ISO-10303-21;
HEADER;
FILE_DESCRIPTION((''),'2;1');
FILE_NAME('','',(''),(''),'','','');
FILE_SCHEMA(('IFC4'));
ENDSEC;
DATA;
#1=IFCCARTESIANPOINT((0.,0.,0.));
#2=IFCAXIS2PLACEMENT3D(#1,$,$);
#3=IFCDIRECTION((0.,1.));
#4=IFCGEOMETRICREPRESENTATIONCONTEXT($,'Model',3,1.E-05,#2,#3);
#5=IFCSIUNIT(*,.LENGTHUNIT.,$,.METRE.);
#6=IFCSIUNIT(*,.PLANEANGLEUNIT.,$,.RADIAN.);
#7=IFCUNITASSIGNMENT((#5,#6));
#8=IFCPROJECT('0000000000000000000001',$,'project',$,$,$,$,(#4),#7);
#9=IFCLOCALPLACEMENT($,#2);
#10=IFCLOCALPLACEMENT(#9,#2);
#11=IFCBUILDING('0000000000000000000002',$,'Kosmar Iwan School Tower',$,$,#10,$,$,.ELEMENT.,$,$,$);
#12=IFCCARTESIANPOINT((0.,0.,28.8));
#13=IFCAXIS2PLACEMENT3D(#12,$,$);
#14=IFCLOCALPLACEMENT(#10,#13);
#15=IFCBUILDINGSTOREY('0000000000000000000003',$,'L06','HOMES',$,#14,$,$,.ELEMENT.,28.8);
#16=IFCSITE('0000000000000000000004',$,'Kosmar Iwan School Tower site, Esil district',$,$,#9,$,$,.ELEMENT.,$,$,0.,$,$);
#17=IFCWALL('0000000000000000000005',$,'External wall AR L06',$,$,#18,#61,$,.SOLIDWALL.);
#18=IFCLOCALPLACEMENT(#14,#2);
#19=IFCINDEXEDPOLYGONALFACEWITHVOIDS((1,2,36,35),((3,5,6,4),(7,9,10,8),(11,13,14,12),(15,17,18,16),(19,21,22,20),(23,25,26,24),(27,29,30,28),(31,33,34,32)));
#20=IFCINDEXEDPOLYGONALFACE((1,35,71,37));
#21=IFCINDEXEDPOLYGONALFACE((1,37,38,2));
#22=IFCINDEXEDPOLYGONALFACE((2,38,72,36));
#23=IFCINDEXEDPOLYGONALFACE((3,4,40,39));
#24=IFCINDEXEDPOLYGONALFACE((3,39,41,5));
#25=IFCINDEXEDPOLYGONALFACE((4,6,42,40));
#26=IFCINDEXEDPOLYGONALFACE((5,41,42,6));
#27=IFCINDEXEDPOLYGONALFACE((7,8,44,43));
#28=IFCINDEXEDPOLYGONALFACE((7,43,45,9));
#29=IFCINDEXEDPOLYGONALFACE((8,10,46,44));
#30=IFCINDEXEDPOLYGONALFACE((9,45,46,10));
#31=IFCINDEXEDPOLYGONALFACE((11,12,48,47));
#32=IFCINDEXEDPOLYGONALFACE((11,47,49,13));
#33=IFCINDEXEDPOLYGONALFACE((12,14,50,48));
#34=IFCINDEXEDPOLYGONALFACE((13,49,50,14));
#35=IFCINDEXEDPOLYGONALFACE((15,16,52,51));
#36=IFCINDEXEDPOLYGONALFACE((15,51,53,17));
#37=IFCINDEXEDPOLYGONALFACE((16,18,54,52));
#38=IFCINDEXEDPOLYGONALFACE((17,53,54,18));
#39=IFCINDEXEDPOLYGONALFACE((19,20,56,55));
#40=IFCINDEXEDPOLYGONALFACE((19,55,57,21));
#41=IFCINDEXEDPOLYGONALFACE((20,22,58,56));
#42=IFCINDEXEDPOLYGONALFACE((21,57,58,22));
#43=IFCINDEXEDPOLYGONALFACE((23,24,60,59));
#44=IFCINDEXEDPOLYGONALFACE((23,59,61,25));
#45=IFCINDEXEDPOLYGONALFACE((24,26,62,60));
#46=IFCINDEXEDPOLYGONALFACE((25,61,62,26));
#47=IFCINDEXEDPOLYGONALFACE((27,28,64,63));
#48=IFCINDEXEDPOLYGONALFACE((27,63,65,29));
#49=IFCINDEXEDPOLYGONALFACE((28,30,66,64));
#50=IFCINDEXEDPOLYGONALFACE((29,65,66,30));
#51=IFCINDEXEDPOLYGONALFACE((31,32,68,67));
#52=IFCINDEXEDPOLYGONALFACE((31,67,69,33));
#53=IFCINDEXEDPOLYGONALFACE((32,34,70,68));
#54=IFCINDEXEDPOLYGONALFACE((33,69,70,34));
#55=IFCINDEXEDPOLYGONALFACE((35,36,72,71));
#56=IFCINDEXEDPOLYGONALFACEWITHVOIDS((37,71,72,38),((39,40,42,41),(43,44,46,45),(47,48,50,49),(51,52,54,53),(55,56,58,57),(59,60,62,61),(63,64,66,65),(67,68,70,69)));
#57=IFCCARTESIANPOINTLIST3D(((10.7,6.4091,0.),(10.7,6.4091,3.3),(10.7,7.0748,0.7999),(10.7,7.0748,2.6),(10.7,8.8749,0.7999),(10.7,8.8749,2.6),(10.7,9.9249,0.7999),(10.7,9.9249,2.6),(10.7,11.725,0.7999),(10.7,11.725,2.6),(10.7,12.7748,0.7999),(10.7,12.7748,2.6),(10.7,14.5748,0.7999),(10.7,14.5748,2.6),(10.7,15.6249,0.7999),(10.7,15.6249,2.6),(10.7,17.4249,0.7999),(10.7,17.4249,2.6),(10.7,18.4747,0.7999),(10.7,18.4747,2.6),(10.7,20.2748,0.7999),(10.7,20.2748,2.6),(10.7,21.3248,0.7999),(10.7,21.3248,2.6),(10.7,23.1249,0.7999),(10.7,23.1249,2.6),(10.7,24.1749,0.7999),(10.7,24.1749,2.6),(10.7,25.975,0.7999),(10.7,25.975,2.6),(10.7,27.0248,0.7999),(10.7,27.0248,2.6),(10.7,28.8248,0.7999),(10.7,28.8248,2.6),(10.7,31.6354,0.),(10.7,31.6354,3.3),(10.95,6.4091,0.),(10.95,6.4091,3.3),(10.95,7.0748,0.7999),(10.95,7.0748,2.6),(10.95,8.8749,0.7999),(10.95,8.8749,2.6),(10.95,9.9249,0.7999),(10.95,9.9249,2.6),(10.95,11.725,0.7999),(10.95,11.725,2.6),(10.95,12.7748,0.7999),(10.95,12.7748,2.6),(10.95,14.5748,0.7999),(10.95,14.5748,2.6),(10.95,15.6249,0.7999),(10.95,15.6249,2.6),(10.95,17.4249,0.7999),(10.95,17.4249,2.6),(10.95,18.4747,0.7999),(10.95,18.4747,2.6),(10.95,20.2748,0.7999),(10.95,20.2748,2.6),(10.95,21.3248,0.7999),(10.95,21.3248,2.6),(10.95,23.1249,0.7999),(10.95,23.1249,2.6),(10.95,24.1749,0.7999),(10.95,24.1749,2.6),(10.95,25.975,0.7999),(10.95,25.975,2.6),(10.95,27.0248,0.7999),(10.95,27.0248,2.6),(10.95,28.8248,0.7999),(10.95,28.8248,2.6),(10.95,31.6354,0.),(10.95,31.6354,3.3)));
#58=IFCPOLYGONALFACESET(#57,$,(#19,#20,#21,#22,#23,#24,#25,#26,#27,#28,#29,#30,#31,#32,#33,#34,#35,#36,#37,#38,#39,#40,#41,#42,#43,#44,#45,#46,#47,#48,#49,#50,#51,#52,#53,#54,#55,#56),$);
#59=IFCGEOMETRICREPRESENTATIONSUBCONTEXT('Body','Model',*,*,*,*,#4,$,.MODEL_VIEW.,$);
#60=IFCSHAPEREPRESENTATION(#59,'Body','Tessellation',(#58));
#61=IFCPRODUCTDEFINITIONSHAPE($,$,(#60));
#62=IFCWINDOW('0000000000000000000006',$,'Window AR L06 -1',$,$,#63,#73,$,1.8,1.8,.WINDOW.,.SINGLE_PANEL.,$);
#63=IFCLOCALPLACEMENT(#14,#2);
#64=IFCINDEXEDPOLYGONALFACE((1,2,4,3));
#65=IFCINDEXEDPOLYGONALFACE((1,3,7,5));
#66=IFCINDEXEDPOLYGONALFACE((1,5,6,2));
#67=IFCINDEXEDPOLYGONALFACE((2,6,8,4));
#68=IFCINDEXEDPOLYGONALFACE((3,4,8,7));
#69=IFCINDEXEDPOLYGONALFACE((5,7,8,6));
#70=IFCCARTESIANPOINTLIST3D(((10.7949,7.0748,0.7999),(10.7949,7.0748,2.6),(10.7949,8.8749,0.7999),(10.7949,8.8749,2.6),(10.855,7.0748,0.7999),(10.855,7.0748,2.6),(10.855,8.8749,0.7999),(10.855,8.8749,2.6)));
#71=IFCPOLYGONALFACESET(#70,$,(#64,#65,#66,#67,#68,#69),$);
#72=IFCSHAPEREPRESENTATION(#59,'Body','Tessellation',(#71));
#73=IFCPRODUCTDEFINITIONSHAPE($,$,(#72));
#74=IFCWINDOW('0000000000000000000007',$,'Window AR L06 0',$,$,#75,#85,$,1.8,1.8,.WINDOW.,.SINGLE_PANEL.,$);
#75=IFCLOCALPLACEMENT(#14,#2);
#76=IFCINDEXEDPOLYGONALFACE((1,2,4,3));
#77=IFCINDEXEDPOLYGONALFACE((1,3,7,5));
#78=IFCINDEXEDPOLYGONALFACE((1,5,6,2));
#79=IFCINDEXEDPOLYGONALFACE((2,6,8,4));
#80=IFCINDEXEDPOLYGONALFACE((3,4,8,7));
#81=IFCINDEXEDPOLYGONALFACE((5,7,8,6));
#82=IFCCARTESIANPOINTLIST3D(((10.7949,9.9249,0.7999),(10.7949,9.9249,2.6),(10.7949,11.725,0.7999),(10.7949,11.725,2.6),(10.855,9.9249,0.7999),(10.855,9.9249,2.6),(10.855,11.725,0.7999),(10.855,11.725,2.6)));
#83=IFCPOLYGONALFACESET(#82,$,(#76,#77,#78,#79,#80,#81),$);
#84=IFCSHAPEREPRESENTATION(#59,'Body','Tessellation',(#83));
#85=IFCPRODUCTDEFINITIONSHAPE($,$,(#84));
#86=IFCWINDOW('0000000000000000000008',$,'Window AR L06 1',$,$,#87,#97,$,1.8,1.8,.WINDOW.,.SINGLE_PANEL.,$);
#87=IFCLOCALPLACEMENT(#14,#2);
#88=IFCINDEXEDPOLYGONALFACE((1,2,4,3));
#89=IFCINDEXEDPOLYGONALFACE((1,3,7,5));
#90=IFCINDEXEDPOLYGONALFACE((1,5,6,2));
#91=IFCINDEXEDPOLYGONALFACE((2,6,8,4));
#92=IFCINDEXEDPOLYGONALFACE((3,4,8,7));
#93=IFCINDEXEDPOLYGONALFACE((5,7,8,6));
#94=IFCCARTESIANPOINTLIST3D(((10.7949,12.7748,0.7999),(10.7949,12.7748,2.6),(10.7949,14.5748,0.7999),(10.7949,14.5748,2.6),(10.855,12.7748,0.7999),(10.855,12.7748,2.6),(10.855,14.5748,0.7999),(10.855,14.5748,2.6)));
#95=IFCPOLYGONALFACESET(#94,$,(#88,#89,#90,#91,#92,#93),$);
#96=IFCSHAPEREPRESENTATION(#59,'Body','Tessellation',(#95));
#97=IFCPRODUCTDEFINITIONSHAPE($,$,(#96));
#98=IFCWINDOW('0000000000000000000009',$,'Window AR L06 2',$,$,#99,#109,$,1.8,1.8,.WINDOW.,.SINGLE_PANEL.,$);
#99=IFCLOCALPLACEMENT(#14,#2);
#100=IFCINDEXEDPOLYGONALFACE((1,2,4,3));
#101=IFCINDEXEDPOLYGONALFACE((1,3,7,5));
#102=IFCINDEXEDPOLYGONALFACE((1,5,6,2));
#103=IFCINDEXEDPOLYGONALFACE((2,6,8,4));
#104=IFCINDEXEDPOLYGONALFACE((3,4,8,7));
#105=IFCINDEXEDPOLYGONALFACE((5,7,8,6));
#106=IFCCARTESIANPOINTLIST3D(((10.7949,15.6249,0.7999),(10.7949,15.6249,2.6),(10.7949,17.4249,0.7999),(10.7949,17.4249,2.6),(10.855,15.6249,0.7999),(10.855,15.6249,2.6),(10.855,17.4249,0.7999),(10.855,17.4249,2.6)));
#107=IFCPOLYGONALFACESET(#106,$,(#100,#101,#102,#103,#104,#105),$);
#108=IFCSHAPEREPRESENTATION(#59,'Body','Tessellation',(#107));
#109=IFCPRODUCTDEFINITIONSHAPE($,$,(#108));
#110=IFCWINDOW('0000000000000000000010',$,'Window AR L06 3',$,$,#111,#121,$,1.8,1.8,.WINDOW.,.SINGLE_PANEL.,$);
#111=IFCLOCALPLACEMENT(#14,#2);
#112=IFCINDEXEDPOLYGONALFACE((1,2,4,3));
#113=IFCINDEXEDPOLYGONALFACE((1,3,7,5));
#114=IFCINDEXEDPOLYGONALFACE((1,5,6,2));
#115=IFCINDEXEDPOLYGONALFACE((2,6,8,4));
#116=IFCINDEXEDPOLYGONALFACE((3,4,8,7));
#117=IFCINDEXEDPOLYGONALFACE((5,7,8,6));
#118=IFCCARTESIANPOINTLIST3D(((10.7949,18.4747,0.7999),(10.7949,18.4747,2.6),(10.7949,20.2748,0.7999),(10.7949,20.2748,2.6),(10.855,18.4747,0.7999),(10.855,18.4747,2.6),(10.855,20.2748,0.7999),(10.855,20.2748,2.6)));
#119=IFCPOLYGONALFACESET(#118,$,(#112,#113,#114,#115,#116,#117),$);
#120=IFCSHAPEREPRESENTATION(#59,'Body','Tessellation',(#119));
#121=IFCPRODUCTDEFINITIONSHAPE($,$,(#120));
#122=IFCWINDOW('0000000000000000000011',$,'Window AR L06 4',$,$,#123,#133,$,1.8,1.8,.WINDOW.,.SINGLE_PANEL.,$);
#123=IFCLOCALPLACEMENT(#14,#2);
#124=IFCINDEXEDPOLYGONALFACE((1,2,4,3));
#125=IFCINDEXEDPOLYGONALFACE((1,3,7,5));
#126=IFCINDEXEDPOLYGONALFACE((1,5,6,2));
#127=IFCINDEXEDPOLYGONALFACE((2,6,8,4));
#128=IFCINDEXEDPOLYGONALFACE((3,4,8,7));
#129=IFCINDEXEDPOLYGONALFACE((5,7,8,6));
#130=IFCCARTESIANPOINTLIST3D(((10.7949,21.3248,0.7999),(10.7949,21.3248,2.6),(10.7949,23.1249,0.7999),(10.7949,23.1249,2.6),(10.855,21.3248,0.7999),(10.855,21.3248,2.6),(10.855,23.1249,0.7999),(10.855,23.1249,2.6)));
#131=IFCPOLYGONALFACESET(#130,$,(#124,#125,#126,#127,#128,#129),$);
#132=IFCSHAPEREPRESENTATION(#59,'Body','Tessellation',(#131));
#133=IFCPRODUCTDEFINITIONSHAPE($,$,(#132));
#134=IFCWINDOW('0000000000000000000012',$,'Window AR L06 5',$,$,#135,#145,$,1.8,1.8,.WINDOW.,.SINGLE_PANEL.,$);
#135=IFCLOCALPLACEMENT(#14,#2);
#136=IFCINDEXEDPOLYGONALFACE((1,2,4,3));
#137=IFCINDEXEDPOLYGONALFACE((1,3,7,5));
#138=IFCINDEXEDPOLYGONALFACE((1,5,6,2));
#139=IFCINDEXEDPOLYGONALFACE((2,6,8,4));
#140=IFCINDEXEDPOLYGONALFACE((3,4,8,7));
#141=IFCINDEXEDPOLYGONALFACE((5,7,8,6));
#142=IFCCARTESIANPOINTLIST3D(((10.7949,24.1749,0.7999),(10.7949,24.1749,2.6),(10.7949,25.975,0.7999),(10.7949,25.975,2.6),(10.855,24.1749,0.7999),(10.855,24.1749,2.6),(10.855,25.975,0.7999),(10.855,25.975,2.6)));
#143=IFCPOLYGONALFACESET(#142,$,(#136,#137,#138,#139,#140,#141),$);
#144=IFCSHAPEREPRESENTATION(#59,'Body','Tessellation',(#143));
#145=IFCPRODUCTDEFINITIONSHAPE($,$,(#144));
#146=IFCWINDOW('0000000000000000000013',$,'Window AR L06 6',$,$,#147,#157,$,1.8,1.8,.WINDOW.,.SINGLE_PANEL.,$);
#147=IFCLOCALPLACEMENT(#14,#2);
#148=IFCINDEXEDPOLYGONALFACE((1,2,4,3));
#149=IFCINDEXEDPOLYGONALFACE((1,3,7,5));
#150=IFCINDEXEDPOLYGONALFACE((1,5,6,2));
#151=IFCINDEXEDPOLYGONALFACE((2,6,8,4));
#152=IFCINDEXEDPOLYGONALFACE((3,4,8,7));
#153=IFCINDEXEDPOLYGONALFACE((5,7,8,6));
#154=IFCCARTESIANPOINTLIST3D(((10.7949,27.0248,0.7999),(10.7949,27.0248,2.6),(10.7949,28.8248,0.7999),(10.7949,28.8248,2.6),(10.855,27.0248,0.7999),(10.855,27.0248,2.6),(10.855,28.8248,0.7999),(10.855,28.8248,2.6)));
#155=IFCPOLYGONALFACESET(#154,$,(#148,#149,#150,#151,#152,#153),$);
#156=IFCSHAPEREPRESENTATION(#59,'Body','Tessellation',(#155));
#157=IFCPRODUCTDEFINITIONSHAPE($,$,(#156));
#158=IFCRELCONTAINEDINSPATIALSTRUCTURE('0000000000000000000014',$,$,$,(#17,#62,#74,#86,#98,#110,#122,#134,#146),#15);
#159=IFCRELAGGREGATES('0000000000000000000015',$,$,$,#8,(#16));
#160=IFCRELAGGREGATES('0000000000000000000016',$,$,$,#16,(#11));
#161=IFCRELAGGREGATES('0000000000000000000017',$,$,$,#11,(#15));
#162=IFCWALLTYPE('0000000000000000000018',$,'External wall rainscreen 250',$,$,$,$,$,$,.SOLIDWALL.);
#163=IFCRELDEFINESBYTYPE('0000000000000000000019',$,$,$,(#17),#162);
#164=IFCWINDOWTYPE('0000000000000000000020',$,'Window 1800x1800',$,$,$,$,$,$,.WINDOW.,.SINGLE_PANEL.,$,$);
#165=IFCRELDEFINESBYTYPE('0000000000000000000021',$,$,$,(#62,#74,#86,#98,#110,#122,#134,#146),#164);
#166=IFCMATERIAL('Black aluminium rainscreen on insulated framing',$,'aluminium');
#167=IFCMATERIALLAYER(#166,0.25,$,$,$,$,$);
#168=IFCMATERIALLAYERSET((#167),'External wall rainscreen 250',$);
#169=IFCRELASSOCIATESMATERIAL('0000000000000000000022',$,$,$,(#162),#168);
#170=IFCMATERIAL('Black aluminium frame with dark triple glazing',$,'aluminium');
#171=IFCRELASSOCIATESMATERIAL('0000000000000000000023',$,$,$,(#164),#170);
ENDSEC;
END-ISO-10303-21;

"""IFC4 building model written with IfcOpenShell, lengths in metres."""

from ifc_helpers import new_model, si_unit, direction, frame, frame_2d, origin, place, context, subcontext, project, spatial, rectangle, extrude, material, layer, layer_set, type_object, element, fill, save


model = new_model("IFC4")

# Units and contexts
model_context = context("Model", 3, precision=1e-05, world=origin(), true_north=direction((0.0, 1.0)))
body_context = subcontext(model_context, "Body", "Model", "MODEL_VIEW")
ifc_project = project(units=[si_unit("LENGTHUNIT", "METRE"), si_unit("PLANEANGLEUNIT", "RADIAN")], contexts=[model_context])

# Site, building, storey
site_placement = place(None, origin())
site = spatial("IfcSite", under=ifc_project, at=site_placement, Name="Kosmar Iwan School Tower site, Esil district", CompositionType="ELEMENT", RefElevation=0.0)
building_placement = place(site_placement, origin())
building = spatial("IfcBuilding", under=site, at=building_placement, Name="Kosmar Iwan School Tower", CompositionType="ELEMENT")
storey_placement = place(building_placement, frame((0.0, 0.0, 28.8)))
storey = spatial("IfcBuildingStorey", under=building, at=storey_placement, Name="L06", Description="HOMES", CompositionType="ELEMENT", Elevation=28.8)

# Wall, openings, windows
ifc_material_1 = material(Name="Black aluminium rainscreen on insulated framing", Category="aluminium")
ifc_layer = layer(ifc_material_1, 0.25)
ifc_layer_set = layer_set([ifc_layer], Name="External wall rainscreen 250")
wall_type = type_object("IfcWallType", Name="External wall rainscreen 250", PredefinedType="SOLIDWALL", material=ifc_layer_set)
ifc_material_2 = material(Name="Black aluminium frame with dark triple glazing", Category="aluminium")
window_type = type_object("IfcWindowType", Name="Window 1800x1800", PartitioningType="SINGLE_PANEL", PredefinedType="WINDOW", material=ifc_material_2)
wall_1_placement = place(storey_placement, frame((10.825, 6.4089, 0.0), z_axis=(0.0, 0.0, 1.0), x_axis=(0.0, 1.0, 0.0)))
wall_1 = element("IfcWall", 1, at=wall_1_placement, inside=storey, type_object=wall_type, Name="External wall AR L06", PredefinedType="SOLIDWALL", context=body_context, shape_type="SweptSolid", body=[
    extrude(rectangle(XDim=25.2263, YDim=0.25, at=frame_2d((12.6133, 0.0))), origin(), (0.0, 0.0, 1.0), 3.3),
])
opening_1_placement = place(wall_1_placement, frame((0.666, 0.0, 0.8)))
opening_1 = element("IfcOpeningElement", 2, at=opening_1_placement, cuts=wall_1, PredefinedType="OPENING", context=body_context, shape_type="SweptSolid", body=[
    extrude(rectangle(XDim=1.8, YDim=1.8, at=frame_2d((0.8999, 0.8999))), frame((0.0, 0.137, 0.0), z_axis=(0.0, -1.0, 0.0), x_axis=(1.0, 0.0, 0.0)), (0.0, 0.0, 1.0), 0.2739),
])
opening_2_placement = place(wall_1_placement, frame((3.5161, 0.0, 0.8)))
opening_2 = element("IfcOpeningElement", 3, at=opening_2_placement, cuts=wall_1, PredefinedType="OPENING", context=body_context, shape_type="SweptSolid", body=[
    extrude(rectangle(XDim=1.8, YDim=1.8, at=frame_2d((0.8999, 0.8999))), frame((0.0, 0.137, 0.0), z_axis=(0.0, -1.0, 0.0), x_axis=(1.0, 0.0, 0.0)), (0.0, 0.0, 1.0), 0.2739),
])
opening_3_placement = place(wall_1_placement, frame((6.366, 0.0, 0.8)))
opening_3 = element("IfcOpeningElement", 4, at=opening_3_placement, cuts=wall_1, PredefinedType="OPENING", context=body_context, shape_type="SweptSolid", body=[
    extrude(rectangle(XDim=1.8, YDim=1.8, at=frame_2d((0.8999, 0.8999))), frame((0.0, 0.137, 0.0), z_axis=(0.0, -1.0, 0.0), x_axis=(1.0, 0.0, 0.0)), (0.0, 0.0, 1.0), 0.2739),
])
opening_4_placement = place(wall_1_placement, frame((9.2161, 0.0, 0.8)))
opening_4 = element("IfcOpeningElement", 5, at=opening_4_placement, cuts=wall_1, PredefinedType="OPENING", context=body_context, shape_type="SweptSolid", body=[
    extrude(rectangle(XDim=1.8, YDim=1.8, at=frame_2d((0.8999, 0.8999))), frame((0.0, 0.137, 0.0), z_axis=(0.0, -1.0, 0.0), x_axis=(1.0, 0.0, 0.0)), (0.0, 0.0, 1.0), 0.2739),
])
opening_5_placement = place(wall_1_placement, frame((12.0659, 0.0, 0.8)))
opening_5 = element("IfcOpeningElement", 6, at=opening_5_placement, cuts=wall_1, PredefinedType="OPENING", context=body_context, shape_type="SweptSolid", body=[
    extrude(rectangle(XDim=1.8, YDim=1.8, at=frame_2d((0.8999, 0.8999))), frame((0.0, 0.137, 0.0), z_axis=(0.0, -1.0, 0.0), x_axis=(1.0, 0.0, 0.0)), (0.0, 0.0, 1.0), 0.2739),
])
opening_6_placement = place(wall_1_placement, frame((14.916, 0.0, 0.8)))
opening_6 = element("IfcOpeningElement", 7, at=opening_6_placement, cuts=wall_1, PredefinedType="OPENING", context=body_context, shape_type="SweptSolid", body=[
    extrude(rectangle(XDim=1.8, YDim=1.8, at=frame_2d((0.8999, 0.8999))), frame((0.0, 0.137, 0.0), z_axis=(0.0, -1.0, 0.0), x_axis=(1.0, 0.0, 0.0)), (0.0, 0.0, 1.0), 0.2739),
])
opening_7_placement = place(wall_1_placement, frame((17.7661, 0.0, 0.8)))
opening_7 = element("IfcOpeningElement", 8, at=opening_7_placement, cuts=wall_1, PredefinedType="OPENING", context=body_context, shape_type="SweptSolid", body=[
    extrude(rectangle(XDim=1.8, YDim=1.8, at=frame_2d((0.8999, 0.8999))), frame((0.0, 0.137, 0.0), z_axis=(0.0, -1.0, 0.0), x_axis=(1.0, 0.0, 0.0)), (0.0, 0.0, 1.0), 0.2739),
])
opening_8_placement = place(wall_1_placement, frame((20.616, 0.0, 0.8)))
opening_8 = element("IfcOpeningElement", 9, at=opening_8_placement, cuts=wall_1, PredefinedType="OPENING", context=body_context, shape_type="SweptSolid", body=[
    extrude(rectangle(XDim=1.8, YDim=1.8, at=frame_2d((0.8999, 0.8999))), frame((0.0, 0.137, 0.0), z_axis=(0.0, -1.0, 0.0), x_axis=(1.0, 0.0, 0.0)), (0.0, 0.0, 1.0), 0.2739),
])
window_1_placement = place(opening_1_placement, origin())
window_1 = element("IfcWindow", 10, at=window_1_placement, inside=storey, type_object=window_type, Name="Window AR L06 -1", OverallHeight=1.8, OverallWidth=1.8, PartitioningType="SINGLE_PANEL", PredefinedType="WINDOW", context=body_context, shape_type="SweptSolid", body=[
    extrude(rectangle(XDim=1.8, YDim=1.8, at=frame_2d((0.8999, 0.8999))), frame((0.0, 0.03, 0.0), z_axis=(0.0, -1.0, 0.0), x_axis=(1.0, 0.0, 0.0)), (0.0, 0.0, 1.0), 0.0601),
])
fill(opening_1, window_1)
window_2_placement = place(opening_2_placement, origin())
window_2 = element("IfcWindow", 11, at=window_2_placement, inside=storey, type_object=window_type, Name="Window AR L06 0", OverallHeight=1.8, OverallWidth=1.8, PartitioningType="SINGLE_PANEL", PredefinedType="WINDOW", context=body_context, shape_type="SweptSolid", body=[
    extrude(rectangle(XDim=1.8, YDim=1.8, at=frame_2d((0.8999, 0.8999))), frame((0.0, 0.03, 0.0), z_axis=(0.0, -1.0, 0.0), x_axis=(1.0, 0.0, 0.0)), (0.0, 0.0, 1.0), 0.0601),
])
fill(opening_2, window_2)
window_3_placement = place(opening_3_placement, origin())
window_3 = element("IfcWindow", 12, at=window_3_placement, inside=storey, type_object=window_type, Name="Window AR L06 1", OverallHeight=1.8, OverallWidth=1.8, PartitioningType="SINGLE_PANEL", PredefinedType="WINDOW", context=body_context, shape_type="SweptSolid", body=[
    extrude(rectangle(XDim=1.8, YDim=1.8, at=frame_2d((0.8999, 0.8999))), frame((0.0, 0.03, 0.0), z_axis=(0.0, -1.0, 0.0), x_axis=(1.0, 0.0, 0.0)), (0.0, 0.0, 1.0), 0.0601),
])
fill(opening_3, window_3)
window_4_placement = place(opening_4_placement, origin())
window_4 = element("IfcWindow", 13, at=window_4_placement, inside=storey, type_object=window_type, Name="Window AR L06 2", OverallHeight=1.8, OverallWidth=1.8, PartitioningType="SINGLE_PANEL", PredefinedType="WINDOW", context=body_context, shape_type="SweptSolid", body=[
    extrude(rectangle(XDim=1.8, YDim=1.8, at=frame_2d((0.8999, 0.8999))), frame((0.0, 0.03, 0.0), z_axis=(0.0, -1.0, 0.0), x_axis=(1.0, 0.0, 0.0)), (0.0, 0.0, 1.0), 0.0601),
])
fill(opening_4, window_4)
window_5_placement = place(opening_5_placement, origin())
window_5 = element("IfcWindow", 14, at=window_5_placement, inside=storey, type_object=window_type, Name="Window AR L06 3", OverallHeight=1.8, OverallWidth=1.8, PartitioningType="SINGLE_PANEL", PredefinedType="WINDOW", context=body_context, shape_type="SweptSolid", body=[
    extrude(rectangle(XDim=1.8, YDim=1.8, at=frame_2d((0.8999, 0.8999))), frame((0.0, 0.03, 0.0), z_axis=(0.0, -1.0, 0.0), x_axis=(1.0, 0.0, 0.0)), (0.0, 0.0, 1.0), 0.0601),
])
fill(opening_5, window_5)
window_6_placement = place(opening_6_placement, origin())
window_6 = element("IfcWindow", 15, at=window_6_placement, inside=storey, type_object=window_type, Name="Window AR L06 4", OverallHeight=1.8, OverallWidth=1.8, PartitioningType="SINGLE_PANEL", PredefinedType="WINDOW", context=body_context, shape_type="SweptSolid", body=[
    extrude(rectangle(XDim=1.8, YDim=1.8, at=frame_2d((0.8999, 0.8999))), frame((0.0, 0.03, 0.0), z_axis=(0.0, -1.0, 0.0), x_axis=(1.0, 0.0, 0.0)), (0.0, 0.0, 1.0), 0.0601),
])
fill(opening_6, window_6)
window_7_placement = place(opening_7_placement, origin())
window_7 = element("IfcWindow", 16, at=window_7_placement, inside=storey, type_object=window_type, Name="Window AR L06 5", OverallHeight=1.8, OverallWidth=1.8, PartitioningType="SINGLE_PANEL", PredefinedType="WINDOW", context=body_context, shape_type="SweptSolid", body=[
    extrude(rectangle(XDim=1.8, YDim=1.8, at=frame_2d((0.8999, 0.8999))), frame((0.0, 0.03, 0.0), z_axis=(0.0, -1.0, 0.0), x_axis=(1.0, 0.0, 0.0)), (0.0, 0.0, 1.0), 0.0601),
])
fill(opening_7, window_7)
window_8_placement = place(opening_8_placement, origin())
window_8 = element("IfcWindow", 17, at=window_8_placement, inside=storey, type_object=window_type, Name="Window AR L06 6", OverallHeight=1.8, OverallWidth=1.8, PartitioningType="SINGLE_PANEL", PredefinedType="WINDOW", context=body_context, shape_type="SweptSolid", body=[
    extrude(rectangle(XDim=1.8, YDim=1.8, at=frame_2d((0.8999, 0.8999))), frame((0.0, 0.03, 0.0), z_axis=(0.0, -1.0, 0.0), x_axis=(1.0, 0.0, 0.0)), (0.0, 0.0, 1.0), 0.0601),
])
fill(opening_8, window_8)

save(model, "model.ifc")
